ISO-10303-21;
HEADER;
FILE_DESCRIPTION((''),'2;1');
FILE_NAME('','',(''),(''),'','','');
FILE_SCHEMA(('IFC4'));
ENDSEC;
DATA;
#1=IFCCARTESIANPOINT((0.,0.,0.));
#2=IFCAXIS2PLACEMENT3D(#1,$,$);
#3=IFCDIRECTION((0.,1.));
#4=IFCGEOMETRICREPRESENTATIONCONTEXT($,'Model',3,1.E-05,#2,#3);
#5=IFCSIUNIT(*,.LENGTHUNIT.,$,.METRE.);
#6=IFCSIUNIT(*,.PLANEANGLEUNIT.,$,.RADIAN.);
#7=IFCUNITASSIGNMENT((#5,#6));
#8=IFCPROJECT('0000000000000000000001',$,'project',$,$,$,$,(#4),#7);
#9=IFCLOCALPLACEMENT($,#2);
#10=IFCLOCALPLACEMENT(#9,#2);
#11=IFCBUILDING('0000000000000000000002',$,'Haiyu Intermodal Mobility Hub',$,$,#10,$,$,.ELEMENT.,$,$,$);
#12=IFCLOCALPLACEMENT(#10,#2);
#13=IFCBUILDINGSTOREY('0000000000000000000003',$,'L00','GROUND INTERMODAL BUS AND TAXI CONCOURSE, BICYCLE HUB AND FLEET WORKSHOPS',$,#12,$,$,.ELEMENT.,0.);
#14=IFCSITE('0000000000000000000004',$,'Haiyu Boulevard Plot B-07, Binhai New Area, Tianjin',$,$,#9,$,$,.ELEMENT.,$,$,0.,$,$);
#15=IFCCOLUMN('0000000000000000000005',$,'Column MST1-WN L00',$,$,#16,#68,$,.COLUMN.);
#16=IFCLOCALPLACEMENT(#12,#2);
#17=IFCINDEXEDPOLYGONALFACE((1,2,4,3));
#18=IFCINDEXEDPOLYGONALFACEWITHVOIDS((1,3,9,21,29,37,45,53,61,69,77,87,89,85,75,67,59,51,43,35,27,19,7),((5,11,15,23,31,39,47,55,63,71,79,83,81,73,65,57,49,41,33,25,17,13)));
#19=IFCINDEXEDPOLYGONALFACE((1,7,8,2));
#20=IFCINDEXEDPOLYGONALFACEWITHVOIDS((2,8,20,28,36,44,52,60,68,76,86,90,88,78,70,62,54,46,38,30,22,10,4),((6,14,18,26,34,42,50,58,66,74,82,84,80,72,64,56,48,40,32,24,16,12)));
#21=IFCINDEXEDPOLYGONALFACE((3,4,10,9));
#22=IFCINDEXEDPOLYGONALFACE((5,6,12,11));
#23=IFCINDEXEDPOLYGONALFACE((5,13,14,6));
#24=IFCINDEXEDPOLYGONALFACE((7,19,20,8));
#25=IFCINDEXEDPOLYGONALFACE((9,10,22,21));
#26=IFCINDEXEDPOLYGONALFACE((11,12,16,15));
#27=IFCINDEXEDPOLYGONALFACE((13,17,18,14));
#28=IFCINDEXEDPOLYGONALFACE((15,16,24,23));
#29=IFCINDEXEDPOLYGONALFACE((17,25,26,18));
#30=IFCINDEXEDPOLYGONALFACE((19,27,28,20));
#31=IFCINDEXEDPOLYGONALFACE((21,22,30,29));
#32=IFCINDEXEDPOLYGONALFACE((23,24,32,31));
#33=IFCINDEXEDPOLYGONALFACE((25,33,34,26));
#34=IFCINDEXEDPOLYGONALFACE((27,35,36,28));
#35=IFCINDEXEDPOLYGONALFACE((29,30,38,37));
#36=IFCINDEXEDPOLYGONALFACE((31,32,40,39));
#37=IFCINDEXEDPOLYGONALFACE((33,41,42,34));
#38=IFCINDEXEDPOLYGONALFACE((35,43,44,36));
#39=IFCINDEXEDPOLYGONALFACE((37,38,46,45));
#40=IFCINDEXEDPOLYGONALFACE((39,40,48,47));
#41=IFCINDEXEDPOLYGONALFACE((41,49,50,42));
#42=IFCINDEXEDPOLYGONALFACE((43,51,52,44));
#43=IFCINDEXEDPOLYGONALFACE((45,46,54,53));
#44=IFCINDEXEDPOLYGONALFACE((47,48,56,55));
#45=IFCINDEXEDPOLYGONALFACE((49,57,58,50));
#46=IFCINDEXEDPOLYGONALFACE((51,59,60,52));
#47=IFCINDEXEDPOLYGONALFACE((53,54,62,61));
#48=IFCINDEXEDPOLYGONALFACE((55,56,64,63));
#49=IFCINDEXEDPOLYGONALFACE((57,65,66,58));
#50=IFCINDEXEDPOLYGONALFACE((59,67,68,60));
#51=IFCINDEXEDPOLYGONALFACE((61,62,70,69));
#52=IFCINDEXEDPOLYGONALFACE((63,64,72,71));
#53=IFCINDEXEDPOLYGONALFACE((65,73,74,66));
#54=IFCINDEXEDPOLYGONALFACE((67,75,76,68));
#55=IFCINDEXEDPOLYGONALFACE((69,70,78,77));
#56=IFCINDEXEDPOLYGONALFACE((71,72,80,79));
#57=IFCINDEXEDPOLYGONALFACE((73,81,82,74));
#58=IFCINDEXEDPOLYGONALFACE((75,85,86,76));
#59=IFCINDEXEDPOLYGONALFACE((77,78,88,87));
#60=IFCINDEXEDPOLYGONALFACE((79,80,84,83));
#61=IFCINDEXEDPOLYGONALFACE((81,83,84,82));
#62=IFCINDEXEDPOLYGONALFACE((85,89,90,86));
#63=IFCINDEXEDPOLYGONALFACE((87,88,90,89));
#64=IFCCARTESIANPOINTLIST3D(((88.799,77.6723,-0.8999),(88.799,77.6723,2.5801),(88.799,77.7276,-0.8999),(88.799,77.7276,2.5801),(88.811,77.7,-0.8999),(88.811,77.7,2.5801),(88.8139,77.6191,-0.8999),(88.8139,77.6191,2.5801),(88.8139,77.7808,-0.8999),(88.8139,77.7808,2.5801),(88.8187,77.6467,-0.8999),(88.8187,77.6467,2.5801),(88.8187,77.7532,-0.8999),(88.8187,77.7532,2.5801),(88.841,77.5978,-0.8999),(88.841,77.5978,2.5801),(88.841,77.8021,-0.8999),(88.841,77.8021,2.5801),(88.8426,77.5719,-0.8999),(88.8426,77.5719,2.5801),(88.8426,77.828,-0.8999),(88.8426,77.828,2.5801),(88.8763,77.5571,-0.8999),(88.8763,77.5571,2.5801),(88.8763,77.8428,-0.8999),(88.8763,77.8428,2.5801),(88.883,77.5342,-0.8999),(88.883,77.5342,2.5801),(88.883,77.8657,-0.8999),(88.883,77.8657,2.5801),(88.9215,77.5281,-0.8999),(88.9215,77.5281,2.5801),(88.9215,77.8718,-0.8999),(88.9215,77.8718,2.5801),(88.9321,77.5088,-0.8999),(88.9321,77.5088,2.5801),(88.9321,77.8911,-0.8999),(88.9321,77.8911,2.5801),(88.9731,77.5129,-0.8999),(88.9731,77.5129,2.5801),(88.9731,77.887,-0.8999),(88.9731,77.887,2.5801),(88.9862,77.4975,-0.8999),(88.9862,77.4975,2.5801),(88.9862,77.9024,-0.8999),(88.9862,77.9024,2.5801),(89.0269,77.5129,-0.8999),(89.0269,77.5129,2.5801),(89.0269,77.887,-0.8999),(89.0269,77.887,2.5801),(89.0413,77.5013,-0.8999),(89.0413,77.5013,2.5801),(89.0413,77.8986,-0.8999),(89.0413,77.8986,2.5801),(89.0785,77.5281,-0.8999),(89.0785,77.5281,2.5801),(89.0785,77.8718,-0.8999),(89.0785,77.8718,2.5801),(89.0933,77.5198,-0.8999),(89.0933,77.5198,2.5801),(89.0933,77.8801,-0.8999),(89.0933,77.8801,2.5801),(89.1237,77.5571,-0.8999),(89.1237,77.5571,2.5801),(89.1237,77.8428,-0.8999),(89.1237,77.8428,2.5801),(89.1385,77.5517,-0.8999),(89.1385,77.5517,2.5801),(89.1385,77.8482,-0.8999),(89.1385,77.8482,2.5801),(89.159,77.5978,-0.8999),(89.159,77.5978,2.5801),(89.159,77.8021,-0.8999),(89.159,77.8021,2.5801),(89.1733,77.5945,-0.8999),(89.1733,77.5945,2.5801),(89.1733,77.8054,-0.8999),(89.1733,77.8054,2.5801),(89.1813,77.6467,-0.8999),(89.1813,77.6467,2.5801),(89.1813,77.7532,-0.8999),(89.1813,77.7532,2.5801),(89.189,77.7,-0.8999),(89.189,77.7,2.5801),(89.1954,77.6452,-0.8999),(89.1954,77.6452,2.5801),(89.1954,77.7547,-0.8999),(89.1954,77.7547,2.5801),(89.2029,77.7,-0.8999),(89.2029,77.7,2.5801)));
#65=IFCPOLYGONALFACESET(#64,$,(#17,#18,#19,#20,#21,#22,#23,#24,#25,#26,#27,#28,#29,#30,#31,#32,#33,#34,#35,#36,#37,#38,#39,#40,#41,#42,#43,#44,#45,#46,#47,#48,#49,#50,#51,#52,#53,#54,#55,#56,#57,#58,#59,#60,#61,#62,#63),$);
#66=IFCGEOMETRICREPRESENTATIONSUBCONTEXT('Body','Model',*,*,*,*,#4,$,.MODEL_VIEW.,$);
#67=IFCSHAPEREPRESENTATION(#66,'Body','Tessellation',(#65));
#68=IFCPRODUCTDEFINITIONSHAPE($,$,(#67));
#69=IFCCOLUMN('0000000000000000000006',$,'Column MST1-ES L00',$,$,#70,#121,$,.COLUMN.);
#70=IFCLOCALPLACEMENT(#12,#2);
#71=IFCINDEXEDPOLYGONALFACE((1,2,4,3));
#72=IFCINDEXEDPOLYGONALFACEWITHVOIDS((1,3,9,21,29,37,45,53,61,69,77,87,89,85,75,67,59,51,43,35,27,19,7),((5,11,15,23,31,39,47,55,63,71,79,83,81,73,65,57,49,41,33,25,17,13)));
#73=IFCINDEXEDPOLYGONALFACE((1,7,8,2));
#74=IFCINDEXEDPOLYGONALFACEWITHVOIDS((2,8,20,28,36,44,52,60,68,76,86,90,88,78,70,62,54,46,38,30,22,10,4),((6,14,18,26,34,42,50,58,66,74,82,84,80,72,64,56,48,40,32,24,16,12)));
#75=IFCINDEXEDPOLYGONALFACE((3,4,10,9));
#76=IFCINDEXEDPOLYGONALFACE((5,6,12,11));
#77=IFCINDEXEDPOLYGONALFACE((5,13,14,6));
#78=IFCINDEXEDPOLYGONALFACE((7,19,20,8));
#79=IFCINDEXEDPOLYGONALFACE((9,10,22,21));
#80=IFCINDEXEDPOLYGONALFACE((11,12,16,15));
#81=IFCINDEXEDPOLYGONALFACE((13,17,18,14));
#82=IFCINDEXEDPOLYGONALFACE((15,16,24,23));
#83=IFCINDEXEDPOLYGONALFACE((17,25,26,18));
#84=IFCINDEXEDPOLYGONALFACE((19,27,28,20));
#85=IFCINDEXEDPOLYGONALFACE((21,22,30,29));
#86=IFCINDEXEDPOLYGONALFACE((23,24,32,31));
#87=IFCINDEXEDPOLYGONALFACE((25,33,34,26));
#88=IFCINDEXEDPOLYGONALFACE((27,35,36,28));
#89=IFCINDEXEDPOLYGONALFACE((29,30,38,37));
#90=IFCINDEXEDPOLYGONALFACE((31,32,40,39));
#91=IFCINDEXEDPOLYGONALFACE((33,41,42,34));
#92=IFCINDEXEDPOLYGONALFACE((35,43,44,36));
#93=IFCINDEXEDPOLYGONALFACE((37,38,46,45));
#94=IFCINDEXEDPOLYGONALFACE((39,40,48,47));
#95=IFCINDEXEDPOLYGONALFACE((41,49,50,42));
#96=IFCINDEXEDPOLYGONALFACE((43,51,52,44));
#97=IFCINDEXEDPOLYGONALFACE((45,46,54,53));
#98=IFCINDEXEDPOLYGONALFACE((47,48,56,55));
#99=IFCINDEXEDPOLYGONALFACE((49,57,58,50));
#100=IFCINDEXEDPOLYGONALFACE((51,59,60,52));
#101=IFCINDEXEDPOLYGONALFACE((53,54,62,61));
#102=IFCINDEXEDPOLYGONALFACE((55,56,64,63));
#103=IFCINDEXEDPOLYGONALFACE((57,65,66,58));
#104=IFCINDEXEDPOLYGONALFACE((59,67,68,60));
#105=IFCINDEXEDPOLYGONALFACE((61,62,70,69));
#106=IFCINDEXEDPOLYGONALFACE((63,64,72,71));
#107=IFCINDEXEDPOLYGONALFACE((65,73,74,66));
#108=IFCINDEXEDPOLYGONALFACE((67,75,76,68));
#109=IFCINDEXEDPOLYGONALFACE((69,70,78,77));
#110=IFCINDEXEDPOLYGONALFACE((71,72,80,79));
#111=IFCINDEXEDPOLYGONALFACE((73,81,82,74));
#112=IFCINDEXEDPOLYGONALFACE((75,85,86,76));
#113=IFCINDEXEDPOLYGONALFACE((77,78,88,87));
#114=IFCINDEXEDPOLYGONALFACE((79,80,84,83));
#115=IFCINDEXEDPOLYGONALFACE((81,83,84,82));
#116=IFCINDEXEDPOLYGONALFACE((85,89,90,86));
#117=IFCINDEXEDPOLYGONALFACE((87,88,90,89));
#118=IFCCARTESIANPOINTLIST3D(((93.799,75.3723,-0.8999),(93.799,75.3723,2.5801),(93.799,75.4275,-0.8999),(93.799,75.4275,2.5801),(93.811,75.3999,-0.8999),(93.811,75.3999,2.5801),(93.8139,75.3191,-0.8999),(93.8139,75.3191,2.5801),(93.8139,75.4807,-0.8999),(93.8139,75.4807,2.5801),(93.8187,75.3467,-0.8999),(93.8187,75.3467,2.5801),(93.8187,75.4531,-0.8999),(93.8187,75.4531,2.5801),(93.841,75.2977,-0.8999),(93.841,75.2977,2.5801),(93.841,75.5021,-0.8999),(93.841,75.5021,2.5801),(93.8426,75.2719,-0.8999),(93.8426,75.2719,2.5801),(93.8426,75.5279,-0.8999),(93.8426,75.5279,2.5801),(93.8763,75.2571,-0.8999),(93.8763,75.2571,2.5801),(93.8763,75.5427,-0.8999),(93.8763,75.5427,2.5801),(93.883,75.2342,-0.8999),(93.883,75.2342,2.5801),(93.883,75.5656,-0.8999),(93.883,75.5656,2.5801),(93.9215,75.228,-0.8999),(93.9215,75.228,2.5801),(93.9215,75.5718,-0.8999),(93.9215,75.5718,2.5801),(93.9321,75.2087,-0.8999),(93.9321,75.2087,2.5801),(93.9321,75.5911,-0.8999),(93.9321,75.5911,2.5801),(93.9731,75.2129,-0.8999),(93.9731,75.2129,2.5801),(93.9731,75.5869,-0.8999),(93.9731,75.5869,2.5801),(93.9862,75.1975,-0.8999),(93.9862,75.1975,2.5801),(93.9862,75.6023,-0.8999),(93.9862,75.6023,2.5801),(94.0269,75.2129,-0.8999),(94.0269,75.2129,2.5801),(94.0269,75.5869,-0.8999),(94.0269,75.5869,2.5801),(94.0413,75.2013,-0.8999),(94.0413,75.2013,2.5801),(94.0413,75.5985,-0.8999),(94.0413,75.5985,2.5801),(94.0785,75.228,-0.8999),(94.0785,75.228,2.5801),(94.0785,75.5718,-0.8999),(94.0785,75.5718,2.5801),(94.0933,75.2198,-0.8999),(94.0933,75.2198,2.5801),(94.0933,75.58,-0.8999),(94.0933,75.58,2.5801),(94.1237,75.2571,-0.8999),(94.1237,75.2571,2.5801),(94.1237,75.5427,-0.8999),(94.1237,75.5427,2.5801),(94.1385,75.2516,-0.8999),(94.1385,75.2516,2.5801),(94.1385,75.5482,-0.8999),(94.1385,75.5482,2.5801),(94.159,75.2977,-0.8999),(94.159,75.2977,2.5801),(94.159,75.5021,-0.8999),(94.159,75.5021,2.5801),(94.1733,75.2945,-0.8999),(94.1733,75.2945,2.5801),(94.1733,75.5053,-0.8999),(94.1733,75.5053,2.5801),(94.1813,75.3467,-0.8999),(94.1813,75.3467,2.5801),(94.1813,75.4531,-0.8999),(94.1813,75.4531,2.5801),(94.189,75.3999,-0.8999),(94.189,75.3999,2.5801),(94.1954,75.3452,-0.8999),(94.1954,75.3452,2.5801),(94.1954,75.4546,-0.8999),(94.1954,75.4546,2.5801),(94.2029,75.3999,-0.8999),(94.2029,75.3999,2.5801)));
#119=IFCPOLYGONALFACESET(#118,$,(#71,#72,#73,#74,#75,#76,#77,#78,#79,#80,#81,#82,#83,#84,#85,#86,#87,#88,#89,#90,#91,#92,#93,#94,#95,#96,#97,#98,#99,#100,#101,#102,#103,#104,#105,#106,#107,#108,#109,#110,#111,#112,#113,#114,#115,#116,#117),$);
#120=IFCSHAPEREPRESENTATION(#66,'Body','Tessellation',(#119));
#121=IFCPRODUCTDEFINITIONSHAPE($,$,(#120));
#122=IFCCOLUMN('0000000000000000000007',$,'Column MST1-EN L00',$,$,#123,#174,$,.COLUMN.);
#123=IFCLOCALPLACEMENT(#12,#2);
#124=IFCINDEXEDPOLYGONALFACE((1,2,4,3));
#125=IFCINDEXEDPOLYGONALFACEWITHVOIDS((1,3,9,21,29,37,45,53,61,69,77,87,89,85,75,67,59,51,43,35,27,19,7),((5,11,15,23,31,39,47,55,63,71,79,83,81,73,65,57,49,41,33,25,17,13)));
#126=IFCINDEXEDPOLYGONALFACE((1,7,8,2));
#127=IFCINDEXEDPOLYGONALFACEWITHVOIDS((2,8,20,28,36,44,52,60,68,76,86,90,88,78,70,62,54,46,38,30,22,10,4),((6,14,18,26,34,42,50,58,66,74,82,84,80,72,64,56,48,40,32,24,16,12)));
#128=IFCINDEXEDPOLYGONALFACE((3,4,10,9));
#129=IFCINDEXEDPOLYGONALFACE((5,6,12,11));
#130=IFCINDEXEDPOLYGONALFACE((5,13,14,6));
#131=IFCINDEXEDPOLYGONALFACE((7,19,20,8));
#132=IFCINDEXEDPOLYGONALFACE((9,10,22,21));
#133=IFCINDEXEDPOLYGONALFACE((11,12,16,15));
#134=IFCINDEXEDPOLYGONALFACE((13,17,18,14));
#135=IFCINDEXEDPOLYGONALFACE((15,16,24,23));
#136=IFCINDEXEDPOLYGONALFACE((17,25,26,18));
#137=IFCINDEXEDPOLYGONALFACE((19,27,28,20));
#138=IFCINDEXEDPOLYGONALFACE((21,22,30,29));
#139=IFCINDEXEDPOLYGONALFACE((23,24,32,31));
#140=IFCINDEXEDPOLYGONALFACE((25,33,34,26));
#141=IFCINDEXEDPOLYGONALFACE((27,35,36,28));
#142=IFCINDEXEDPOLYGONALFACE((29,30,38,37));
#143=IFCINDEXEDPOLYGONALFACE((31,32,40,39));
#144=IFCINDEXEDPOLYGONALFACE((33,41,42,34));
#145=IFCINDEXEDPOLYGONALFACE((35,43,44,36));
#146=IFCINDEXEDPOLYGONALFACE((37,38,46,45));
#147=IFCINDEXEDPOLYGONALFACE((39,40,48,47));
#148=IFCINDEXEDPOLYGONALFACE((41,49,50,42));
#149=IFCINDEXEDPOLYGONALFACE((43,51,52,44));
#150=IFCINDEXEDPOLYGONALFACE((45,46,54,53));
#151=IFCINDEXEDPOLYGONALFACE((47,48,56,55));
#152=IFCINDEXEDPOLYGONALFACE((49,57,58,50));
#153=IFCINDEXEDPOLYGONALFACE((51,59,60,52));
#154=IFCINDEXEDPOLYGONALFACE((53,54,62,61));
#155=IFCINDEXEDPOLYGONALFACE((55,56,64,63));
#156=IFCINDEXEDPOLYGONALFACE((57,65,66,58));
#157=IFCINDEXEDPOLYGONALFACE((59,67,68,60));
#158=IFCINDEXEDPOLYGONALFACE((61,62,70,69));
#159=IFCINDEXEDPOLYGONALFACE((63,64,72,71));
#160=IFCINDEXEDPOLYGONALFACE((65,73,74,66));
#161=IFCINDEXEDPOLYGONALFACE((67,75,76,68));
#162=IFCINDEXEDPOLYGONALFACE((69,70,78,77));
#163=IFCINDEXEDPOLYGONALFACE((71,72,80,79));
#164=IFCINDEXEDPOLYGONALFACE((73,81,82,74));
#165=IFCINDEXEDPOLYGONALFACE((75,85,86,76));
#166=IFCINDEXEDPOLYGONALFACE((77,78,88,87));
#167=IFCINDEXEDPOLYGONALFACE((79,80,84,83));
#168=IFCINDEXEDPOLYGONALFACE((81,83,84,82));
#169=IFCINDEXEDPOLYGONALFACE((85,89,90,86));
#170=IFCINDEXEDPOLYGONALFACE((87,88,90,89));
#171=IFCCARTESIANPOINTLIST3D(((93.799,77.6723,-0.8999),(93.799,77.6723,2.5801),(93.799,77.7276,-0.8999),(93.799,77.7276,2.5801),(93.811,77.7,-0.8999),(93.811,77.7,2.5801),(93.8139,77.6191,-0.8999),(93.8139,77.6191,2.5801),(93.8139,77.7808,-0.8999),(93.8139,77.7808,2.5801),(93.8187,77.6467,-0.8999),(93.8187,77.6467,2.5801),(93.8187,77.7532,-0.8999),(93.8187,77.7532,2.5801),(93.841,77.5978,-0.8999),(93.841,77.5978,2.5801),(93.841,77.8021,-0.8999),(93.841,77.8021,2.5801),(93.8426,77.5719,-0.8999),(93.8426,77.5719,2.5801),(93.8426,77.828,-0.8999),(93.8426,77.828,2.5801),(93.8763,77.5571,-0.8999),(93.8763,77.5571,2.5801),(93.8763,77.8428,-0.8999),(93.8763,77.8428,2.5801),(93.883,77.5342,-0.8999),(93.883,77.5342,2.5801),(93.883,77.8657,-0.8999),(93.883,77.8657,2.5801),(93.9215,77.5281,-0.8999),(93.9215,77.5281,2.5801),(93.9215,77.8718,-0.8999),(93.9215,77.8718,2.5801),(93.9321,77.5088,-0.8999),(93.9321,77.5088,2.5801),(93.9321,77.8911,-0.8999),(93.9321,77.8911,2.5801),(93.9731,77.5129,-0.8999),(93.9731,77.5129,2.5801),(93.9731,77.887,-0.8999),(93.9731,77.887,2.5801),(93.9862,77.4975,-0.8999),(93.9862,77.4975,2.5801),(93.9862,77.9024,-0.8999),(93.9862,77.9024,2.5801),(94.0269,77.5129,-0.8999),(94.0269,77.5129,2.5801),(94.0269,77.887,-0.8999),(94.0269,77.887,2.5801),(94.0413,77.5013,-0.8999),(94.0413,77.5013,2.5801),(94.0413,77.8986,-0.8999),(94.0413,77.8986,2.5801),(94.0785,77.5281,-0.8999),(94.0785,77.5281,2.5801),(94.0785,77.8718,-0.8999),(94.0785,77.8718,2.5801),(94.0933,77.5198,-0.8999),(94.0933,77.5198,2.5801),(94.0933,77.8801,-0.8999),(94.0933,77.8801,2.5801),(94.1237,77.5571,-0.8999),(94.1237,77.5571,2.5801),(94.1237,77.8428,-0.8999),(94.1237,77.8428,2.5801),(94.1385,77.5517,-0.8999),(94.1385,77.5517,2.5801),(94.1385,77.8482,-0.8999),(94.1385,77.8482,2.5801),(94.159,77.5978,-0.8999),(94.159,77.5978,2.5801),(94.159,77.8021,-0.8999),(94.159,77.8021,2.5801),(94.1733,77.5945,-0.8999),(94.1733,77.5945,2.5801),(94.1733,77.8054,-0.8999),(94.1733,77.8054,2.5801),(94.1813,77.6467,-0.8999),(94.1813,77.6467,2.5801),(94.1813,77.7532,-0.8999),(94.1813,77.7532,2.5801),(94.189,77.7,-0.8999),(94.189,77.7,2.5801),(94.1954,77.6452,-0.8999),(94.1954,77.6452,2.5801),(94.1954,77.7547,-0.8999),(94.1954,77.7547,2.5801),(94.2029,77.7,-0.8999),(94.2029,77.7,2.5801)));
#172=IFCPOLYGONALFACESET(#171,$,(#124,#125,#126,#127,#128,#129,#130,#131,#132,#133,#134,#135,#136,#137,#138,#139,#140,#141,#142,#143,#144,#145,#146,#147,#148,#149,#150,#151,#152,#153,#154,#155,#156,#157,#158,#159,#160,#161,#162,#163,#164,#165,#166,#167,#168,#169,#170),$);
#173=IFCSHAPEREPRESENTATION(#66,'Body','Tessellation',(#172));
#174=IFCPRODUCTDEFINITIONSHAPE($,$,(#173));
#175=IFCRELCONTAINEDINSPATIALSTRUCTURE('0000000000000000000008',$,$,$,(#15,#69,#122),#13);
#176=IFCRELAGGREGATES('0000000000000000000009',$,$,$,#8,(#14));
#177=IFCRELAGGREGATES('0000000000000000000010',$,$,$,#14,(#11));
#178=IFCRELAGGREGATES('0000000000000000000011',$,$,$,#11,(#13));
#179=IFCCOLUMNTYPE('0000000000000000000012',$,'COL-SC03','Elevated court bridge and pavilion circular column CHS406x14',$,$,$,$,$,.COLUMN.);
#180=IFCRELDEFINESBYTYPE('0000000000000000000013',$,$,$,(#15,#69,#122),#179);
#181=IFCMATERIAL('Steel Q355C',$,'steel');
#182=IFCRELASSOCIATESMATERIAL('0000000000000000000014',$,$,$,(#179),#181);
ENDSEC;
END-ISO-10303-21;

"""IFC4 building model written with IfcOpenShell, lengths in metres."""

from ifc_helpers import new_model, si_unit, direction, frame, origin, origin_2d, place, context, subcontext, project, spatial, hollow_circle, extrude, material, material_profile, profile_set, type_object, element, save


model = new_model("IFC4")

# Units and contexts
model_context = context("Model", 3, precision=1e-05, world=origin(), true_north=direction((0.0, 1.0)))
body_context = subcontext(model_context, "Body", "Model", "MODEL_VIEW")
ifc_project = project(units=[si_unit("LENGTHUNIT", "METRE"), si_unit("PLANEANGLEUNIT", "RADIAN")], contexts=[model_context])

# Site, building, storey
site_placement = place(None, origin())
site = spatial("IfcSite", under=ifc_project, at=site_placement, Name="Haiyu Boulevard Plot B-07, Binhai New Area, Tianjin", CompositionType="ELEMENT", RefElevation=0.0)
building_placement = place(site_placement, origin())
building = spatial("IfcBuilding", under=site, at=building_placement, Name="Haiyu Intermodal Mobility Hub", CompositionType="ELEMENT")
storey_placement = place(building_placement, origin())
storey = spatial("IfcBuildingStorey", under=building, at=storey_placement, Name="L00", Description="GROUND INTERMODAL BUS AND TAXI CONCOURSE, BICYCLE HUB AND FLEET WORKSHOPS", CompositionType="ELEMENT", Elevation=0.0)

# Columns
ifc_material_1 = material(Name="Steel Q355C", Category="steel")
ifc_material_profile_1 = material_profile(ifc_material_1, hollow_circle(Radius=0.2029, WallThickness=0.0139, at=origin_2d()), Name="CHS406x14")
ifc_profile_set_1 = profile_set([ifc_material_profile_1], Name="Steel Q355C")
column_type_1 = type_object("IfcColumnType", Name="COL-SC03", Description="Elevated court bridge and pavilion circular column CHS406x14", PredefinedType="COLUMN", material=ifc_profile_set_1)
for number, where, z_axis, x_axis, name in (
    (1, (89.0, 77.7, -0.8999), (0.0, 0.0, 1.0), (1.0, 0.0, 0.0), "Column MST1-WN L00"),
    (2, (94.0, 75.3999, -0.8999), (0.0, 0.0, 1.0), (1.0, 0.0, 0.0), "Column MST1-ES L00"),
    (3, (94.0, 77.7, -0.8999), (0.0, 0.0, 1.0), (1.0, 0.0, 0.0), "Column MST1-EN L00"),
):
    element("IfcColumn", number, at=place(storey_placement, frame(where, z_axis=z_axis, x_axis=x_axis)), inside=storey, type_object=column_type_1, Name=name, PredefinedType="COLUMN", context=body_context, shape_type="SweptSolid", body=[
        extrude(hollow_circle(Radius=0.2029, WallThickness=0.0139, at=origin_2d()), origin(), (0.0, 0.0, 1.0), 3.48),
    ])

save(model, "model.ifc")
